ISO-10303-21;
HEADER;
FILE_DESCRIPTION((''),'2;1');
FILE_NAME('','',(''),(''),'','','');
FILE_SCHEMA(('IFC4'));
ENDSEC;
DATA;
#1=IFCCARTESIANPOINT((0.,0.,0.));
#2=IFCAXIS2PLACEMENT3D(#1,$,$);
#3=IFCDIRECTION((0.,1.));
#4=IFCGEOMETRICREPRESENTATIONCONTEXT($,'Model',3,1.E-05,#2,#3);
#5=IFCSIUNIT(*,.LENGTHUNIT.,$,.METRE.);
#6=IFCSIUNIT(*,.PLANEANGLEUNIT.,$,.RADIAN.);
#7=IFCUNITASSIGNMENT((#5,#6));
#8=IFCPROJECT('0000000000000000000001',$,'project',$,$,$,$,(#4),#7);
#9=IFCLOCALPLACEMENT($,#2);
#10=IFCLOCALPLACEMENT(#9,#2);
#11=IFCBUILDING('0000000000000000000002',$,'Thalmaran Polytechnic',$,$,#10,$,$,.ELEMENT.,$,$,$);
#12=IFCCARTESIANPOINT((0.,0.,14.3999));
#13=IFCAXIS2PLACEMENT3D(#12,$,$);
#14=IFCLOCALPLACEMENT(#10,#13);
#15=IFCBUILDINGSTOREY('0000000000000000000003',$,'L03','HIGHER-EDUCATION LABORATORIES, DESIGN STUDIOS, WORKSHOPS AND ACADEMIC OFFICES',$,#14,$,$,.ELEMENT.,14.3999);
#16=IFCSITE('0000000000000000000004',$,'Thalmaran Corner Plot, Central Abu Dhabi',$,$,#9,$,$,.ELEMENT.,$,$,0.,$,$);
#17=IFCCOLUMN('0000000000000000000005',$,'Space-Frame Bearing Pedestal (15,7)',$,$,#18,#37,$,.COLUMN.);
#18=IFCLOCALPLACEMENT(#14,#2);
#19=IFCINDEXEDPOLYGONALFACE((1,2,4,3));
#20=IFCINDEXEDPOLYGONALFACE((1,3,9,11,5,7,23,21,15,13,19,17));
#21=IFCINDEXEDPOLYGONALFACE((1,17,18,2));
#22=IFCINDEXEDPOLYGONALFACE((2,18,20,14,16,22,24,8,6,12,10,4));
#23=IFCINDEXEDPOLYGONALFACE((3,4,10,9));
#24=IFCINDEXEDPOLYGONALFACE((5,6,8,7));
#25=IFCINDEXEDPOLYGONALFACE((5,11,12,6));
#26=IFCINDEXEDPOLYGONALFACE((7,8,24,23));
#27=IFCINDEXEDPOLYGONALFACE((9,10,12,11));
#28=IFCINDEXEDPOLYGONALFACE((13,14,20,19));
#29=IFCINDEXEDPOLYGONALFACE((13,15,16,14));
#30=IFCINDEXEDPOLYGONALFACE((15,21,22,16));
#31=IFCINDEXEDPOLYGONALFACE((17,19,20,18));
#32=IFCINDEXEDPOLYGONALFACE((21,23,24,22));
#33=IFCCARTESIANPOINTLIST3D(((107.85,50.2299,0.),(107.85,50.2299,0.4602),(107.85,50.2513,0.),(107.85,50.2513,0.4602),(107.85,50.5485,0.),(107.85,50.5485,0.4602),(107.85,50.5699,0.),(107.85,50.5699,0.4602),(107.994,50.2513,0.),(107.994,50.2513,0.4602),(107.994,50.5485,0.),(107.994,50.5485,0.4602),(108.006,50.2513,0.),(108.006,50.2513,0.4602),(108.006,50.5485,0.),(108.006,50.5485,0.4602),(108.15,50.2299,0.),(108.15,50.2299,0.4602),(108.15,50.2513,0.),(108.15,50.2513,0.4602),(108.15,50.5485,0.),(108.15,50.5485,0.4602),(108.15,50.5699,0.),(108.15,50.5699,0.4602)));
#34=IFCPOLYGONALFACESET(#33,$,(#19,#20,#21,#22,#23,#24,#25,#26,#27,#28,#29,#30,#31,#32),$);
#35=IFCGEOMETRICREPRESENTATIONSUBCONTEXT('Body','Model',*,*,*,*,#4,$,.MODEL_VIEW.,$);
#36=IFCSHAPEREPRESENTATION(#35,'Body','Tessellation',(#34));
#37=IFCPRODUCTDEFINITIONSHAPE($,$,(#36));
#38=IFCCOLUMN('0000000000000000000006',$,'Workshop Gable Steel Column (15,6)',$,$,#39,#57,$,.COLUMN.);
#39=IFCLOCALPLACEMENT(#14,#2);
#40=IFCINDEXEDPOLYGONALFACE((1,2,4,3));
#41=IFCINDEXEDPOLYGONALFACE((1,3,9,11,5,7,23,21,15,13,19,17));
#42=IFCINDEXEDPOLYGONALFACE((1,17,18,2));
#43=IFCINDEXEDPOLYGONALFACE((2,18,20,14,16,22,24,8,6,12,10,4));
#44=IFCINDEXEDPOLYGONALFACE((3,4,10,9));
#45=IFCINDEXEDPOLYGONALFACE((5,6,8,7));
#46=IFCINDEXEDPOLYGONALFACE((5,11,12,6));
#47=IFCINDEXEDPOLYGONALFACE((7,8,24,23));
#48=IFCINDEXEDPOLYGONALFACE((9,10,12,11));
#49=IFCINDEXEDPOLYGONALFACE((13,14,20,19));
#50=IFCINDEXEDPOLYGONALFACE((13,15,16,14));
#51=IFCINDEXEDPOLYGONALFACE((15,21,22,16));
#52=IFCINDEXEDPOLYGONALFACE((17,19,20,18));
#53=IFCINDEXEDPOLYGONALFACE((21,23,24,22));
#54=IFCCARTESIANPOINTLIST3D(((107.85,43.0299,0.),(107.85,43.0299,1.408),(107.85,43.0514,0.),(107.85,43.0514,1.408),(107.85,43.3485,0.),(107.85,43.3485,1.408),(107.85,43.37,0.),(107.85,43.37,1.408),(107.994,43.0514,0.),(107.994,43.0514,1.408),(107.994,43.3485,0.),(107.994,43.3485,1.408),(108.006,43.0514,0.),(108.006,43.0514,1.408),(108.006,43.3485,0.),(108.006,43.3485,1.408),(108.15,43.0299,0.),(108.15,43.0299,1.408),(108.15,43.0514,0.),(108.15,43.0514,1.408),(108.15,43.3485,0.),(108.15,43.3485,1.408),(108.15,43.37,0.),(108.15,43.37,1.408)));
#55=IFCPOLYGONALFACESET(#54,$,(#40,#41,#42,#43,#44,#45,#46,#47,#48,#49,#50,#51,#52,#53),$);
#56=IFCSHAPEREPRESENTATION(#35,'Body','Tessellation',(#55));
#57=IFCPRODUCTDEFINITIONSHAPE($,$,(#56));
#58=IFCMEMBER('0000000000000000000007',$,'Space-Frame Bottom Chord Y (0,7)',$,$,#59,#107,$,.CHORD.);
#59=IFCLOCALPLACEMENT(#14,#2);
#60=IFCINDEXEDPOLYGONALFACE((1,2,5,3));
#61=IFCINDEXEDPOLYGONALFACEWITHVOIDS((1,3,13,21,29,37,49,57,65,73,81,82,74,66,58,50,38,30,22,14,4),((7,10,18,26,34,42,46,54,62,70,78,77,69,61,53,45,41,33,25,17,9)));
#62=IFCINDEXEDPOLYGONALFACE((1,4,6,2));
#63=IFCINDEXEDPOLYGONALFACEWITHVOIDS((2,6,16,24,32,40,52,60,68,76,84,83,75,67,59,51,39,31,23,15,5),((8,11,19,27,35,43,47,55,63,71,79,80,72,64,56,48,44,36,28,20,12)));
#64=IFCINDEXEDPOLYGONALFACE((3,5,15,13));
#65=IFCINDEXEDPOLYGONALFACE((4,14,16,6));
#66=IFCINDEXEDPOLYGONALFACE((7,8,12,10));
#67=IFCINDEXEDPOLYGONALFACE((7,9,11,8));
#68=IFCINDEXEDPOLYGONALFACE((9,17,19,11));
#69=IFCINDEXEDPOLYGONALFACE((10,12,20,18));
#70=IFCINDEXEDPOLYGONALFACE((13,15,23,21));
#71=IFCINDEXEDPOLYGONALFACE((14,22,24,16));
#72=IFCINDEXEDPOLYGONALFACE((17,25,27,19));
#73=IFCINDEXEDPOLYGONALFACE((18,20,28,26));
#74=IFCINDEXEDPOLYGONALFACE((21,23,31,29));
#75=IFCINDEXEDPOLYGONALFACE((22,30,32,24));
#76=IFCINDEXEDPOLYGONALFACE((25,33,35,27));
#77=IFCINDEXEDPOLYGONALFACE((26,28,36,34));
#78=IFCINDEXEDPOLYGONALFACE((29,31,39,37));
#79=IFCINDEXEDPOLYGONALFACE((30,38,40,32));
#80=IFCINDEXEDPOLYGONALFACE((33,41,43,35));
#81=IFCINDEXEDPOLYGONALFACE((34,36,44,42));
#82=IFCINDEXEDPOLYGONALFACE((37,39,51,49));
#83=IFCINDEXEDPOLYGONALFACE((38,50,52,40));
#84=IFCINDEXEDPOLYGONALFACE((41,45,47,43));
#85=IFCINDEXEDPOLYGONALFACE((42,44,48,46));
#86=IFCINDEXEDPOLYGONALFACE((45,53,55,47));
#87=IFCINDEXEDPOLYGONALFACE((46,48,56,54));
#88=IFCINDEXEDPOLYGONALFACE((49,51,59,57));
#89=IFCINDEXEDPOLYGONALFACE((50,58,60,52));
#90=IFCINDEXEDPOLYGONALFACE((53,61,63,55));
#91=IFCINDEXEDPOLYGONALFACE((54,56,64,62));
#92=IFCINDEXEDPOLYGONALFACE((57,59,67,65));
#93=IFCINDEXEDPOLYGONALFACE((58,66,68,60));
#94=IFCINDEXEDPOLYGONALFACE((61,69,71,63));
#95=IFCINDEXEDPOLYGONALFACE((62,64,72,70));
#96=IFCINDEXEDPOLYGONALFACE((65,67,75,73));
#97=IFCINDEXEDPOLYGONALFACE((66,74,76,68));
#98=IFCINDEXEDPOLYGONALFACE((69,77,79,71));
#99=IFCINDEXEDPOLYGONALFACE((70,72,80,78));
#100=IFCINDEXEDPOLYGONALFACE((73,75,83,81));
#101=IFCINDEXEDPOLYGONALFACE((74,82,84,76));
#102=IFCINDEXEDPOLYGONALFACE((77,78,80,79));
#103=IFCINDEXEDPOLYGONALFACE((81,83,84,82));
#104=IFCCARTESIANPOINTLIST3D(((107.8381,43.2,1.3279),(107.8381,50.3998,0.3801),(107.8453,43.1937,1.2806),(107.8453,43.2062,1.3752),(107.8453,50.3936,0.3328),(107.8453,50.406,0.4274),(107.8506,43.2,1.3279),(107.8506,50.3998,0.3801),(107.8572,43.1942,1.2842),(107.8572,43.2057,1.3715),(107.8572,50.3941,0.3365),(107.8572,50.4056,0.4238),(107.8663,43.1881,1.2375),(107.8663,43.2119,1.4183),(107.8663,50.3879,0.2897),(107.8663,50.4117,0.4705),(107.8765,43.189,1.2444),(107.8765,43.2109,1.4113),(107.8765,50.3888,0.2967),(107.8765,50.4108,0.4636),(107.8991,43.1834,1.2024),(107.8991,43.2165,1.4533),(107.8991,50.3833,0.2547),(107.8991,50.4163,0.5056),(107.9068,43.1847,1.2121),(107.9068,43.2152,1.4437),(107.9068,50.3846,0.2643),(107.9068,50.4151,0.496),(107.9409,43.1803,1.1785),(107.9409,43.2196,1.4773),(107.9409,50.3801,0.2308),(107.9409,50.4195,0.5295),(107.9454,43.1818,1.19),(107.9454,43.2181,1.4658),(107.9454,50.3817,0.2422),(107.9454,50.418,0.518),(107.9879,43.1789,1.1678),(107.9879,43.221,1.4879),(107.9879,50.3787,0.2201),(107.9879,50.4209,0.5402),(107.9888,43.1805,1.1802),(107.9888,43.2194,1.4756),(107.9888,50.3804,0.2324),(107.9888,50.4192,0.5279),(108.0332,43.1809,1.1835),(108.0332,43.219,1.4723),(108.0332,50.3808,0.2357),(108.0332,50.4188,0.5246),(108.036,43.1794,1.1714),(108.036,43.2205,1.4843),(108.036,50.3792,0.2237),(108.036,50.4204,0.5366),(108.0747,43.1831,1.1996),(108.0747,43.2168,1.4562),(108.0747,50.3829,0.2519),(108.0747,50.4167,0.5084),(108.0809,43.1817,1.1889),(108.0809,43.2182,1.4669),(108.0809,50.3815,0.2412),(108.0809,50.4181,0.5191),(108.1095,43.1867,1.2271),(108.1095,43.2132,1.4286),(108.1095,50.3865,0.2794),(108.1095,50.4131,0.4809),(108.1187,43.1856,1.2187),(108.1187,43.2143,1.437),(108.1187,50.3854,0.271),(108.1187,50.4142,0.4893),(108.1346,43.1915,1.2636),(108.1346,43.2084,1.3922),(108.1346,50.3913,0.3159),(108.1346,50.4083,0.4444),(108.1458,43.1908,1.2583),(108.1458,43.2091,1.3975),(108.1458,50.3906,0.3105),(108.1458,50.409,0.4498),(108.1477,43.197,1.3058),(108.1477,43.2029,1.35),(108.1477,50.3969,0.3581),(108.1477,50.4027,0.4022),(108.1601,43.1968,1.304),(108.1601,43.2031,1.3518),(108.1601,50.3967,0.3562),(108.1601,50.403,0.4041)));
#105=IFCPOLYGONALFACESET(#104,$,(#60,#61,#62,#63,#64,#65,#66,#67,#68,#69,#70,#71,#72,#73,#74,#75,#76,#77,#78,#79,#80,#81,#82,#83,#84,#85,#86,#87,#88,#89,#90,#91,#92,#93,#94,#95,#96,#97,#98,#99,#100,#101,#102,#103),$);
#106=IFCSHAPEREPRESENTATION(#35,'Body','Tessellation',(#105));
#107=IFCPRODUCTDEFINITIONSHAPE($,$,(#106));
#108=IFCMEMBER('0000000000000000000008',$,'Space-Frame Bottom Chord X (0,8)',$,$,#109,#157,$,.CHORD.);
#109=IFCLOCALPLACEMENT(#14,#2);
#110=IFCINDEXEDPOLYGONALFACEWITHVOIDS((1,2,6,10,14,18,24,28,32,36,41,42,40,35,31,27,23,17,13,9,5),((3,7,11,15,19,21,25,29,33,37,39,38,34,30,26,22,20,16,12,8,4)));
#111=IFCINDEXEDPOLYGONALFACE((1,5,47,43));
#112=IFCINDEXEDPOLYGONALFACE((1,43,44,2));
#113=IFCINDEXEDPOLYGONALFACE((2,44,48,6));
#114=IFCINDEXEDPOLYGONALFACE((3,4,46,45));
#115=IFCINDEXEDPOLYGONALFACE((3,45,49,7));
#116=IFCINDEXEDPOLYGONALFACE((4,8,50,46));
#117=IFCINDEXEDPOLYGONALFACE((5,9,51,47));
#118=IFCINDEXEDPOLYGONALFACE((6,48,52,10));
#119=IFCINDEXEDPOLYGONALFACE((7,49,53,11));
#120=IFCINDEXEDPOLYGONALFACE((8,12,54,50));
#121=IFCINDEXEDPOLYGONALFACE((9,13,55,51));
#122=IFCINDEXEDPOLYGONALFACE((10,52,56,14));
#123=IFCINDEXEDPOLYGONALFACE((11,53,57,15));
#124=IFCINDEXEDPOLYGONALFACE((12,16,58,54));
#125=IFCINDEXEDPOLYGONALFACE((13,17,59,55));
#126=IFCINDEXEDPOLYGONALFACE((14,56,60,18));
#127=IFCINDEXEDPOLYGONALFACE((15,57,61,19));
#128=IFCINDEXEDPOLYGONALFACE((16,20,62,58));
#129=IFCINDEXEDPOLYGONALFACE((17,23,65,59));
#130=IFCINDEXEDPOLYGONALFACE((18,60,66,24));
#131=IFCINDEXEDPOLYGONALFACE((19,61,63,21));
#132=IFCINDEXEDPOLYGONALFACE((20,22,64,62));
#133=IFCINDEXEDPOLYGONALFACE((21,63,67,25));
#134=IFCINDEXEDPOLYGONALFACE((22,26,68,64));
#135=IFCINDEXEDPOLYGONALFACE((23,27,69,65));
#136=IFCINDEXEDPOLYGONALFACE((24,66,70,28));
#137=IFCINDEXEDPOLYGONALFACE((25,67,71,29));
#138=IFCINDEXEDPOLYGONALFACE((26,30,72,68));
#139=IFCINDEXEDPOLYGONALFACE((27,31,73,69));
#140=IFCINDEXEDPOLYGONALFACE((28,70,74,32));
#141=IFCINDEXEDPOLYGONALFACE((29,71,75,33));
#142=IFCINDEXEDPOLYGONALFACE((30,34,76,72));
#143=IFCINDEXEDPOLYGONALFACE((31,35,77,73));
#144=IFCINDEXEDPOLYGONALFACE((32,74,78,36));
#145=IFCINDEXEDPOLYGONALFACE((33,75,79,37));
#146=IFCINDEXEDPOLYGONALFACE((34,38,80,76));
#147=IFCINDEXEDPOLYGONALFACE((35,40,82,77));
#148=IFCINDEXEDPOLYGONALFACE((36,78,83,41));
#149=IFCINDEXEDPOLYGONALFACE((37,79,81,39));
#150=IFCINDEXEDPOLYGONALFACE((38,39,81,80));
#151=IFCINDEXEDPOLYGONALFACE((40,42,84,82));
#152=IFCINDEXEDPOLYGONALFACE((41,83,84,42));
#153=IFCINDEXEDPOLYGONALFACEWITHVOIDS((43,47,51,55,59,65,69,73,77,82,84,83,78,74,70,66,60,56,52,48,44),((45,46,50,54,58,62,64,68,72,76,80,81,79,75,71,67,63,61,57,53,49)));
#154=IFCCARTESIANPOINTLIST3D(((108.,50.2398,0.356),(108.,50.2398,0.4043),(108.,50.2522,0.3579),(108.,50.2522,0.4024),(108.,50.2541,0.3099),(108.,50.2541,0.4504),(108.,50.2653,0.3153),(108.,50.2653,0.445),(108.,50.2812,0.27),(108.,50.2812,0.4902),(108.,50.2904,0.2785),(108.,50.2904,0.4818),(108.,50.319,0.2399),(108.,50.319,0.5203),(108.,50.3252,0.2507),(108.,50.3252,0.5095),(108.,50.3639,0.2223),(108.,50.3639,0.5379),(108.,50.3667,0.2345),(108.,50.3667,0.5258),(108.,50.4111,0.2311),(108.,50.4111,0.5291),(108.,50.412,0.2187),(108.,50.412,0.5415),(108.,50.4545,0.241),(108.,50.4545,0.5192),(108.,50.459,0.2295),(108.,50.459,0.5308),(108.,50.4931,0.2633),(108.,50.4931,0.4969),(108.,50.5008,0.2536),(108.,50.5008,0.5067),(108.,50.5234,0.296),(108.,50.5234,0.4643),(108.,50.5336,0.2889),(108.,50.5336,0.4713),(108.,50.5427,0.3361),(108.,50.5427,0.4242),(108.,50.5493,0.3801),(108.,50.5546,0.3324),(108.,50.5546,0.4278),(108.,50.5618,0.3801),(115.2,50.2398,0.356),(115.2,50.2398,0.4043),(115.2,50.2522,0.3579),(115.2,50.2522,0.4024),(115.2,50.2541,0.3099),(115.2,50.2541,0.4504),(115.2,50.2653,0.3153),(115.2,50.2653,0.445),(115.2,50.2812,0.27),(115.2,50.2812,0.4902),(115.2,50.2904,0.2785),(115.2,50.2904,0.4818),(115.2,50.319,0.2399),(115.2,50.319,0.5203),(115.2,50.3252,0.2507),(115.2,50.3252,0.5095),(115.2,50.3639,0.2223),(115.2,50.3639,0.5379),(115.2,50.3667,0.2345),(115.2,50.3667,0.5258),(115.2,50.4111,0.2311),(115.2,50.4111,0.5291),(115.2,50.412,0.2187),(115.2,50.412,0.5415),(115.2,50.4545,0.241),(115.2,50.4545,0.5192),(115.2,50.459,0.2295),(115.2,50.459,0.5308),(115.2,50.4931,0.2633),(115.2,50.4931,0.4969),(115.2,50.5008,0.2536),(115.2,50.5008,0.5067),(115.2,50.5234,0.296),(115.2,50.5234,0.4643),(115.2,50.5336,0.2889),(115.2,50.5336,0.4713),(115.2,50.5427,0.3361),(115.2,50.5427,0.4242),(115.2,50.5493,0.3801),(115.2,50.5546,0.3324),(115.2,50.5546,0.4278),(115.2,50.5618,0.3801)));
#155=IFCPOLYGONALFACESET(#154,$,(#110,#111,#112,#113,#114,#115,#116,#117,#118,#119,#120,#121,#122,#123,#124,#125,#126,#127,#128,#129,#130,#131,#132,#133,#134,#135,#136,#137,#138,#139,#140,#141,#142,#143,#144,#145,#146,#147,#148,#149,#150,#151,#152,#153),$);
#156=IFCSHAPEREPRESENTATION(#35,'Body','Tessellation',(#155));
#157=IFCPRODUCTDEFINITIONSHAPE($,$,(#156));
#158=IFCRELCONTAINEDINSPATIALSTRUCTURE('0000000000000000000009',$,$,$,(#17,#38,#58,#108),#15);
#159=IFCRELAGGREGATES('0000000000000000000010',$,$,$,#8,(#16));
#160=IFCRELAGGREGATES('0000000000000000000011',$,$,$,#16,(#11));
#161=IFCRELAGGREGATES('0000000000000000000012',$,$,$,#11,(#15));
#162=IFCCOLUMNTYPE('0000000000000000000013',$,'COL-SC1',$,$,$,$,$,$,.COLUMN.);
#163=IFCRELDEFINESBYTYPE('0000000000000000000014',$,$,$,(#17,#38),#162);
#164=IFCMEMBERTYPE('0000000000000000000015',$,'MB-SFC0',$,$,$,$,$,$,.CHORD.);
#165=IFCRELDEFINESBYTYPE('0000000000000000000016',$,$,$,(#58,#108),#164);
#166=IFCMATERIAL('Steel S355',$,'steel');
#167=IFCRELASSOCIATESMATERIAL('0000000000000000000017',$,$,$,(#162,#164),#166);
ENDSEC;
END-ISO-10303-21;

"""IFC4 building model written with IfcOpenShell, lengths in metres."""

from ifc_helpers import new_model, si_unit, direction, frame, origin, origin_2d, place, context, subcontext, project, spatial, hollow_circle, i_section, extrude, material, material_profile, profile_set, type_object, element, save


model = new_model("IFC4")

# Units and contexts
model_context = context("Model", 3, precision=1e-05, world=origin(), true_north=direction((0.0, 1.0)))
body_context = subcontext(model_context, "Body", "Model", "MODEL_VIEW")
ifc_project = project(units=[si_unit("LENGTHUNIT", "METRE"), si_unit("PLANEANGLEUNIT", "RADIAN")], contexts=[model_context])

# Site, building, storey
site_placement = place(None, origin())
site = spatial("IfcSite", under=ifc_project, at=site_placement, Name="Thalmaran Corner Plot, Central Abu Dhabi", CompositionType="ELEMENT", RefElevation=0.0)
building_placement = place(site_placement, origin())
building = spatial("IfcBuilding", under=site, at=building_placement, Name="Thalmaran Polytechnic", CompositionType="ELEMENT")
storey_placement = place(building_placement, frame((0.0, 0.0, 14.3999)))
storey = spatial("IfcBuildingStorey", under=building, at=storey_placement, Name="L03", Description="HIGHER-EDUCATION LABORATORIES, DESIGN STUDIOS, WORKSHOPS AND ACADEMIC OFFICES", CompositionType="ELEMENT", Elevation=14.3999)

# Columns
ifc_material_1 = material(Name="Steel S355", Category="steel")
ifc_material_profile_1 = material_profile(ifc_material_1, i_section(OverallWidth=0.3, OverallDepth=0.3401, WebThickness=0.012, FlangeThickness=0.0215, at=origin_2d()), Name="HEB 340")
ifc_profile_set_1 = profile_set([ifc_material_profile_1], Name="Steel S355")
column_type = type_object("IfcColumnType", Name="COL-SC1", PredefinedType="COLUMN", material=ifc_profile_set_1)
column_1_placement = place(storey_placement, frame((108.0, 50.3999, 0.0), z_axis=(0.0, 0.0, 1.0), x_axis=(1.0, 0.0, 0.0)))
element("IfcColumn", 1, at=column_1_placement, inside=storey, type_object=column_type, Name="Space-Frame Bearing Pedestal (15,7)", PredefinedType="COLUMN", context=body_context, shape_type="SweptSolid", body=[
    extrude(i_section(OverallWidth=0.3, OverallDepth=0.3401, WebThickness=0.012, FlangeThickness=0.0215, at=origin_2d()), origin(), (0.0, 0.0, 1.0), 0.4602),
])
column_2_placement = place(storey_placement, frame((108.0, 43.2, 0.0), z_axis=(0.0, 0.0, 1.0), x_axis=(1.0, 0.0, 0.0)))
element("IfcColumn", 2, at=column_2_placement, inside=storey, type_object=column_type, Name="Workshop Gable Steel Column (15,6)", PredefinedType="COLUMN", context=body_context, shape_type="SweptSolid", body=[
    extrude(i_section(OverallWidth=0.3, OverallDepth=0.3401, WebThickness=0.012, FlangeThickness=0.0215, at=origin_2d()), origin(), (0.0, 0.0, 1.0), 1.408),
])

# Members
ifc_material_profile_2 = material_profile(ifc_material_1, hollow_circle(Radius=0.1619, WallThickness=0.0125, at=origin_2d()), Name="CHS 323.9x12.5")
ifc_profile_set_2 = profile_set([ifc_material_profile_2], Name="Steel S355")
member_type_1 = type_object("IfcMemberType", Name="MB-SFC0", PredefinedType="CHORD", material=ifc_profile_set_2)
member_1_placement = place(storey_placement, frame((108.0, 43.2, 1.3279), z_axis=(0.0, 0.991447, -0.130508), x_axis=(-1.0, 0.0, 0.0)))
element("IfcMember", 3, at=member_1_placement, inside=storey, type_object=member_type_1, Name="Space-Frame Bottom Chord Y (0,7)", PredefinedType="CHORD", context=body_context, shape_type="SweptSolid", body=[
    extrude(hollow_circle(Radius=0.1619, WallThickness=0.0125, at=origin_2d()), origin(), (0.0, 0.0, 1.0), 7.262),
])
member_2_placement = place(storey_placement, frame((108.0, 50.3999, 0.3801), z_axis=(1.0, 0.0, 0.0), x_axis=(0.0, 1.0, 0.0)))
element("IfcMember", 4, at=member_2_placement, inside=storey, type_object=member_type_1, Name="Space-Frame Bottom Chord X (0,8)", PredefinedType="CHORD", context=body_context, shape_type="SweptSolid", body=[
    extrude(hollow_circle(Radius=0.1619, WallThickness=0.0125, at=origin_2d()), origin(), (0.0, 0.0, 1.0), 7.2),
])

save(model, "model.ifc")
